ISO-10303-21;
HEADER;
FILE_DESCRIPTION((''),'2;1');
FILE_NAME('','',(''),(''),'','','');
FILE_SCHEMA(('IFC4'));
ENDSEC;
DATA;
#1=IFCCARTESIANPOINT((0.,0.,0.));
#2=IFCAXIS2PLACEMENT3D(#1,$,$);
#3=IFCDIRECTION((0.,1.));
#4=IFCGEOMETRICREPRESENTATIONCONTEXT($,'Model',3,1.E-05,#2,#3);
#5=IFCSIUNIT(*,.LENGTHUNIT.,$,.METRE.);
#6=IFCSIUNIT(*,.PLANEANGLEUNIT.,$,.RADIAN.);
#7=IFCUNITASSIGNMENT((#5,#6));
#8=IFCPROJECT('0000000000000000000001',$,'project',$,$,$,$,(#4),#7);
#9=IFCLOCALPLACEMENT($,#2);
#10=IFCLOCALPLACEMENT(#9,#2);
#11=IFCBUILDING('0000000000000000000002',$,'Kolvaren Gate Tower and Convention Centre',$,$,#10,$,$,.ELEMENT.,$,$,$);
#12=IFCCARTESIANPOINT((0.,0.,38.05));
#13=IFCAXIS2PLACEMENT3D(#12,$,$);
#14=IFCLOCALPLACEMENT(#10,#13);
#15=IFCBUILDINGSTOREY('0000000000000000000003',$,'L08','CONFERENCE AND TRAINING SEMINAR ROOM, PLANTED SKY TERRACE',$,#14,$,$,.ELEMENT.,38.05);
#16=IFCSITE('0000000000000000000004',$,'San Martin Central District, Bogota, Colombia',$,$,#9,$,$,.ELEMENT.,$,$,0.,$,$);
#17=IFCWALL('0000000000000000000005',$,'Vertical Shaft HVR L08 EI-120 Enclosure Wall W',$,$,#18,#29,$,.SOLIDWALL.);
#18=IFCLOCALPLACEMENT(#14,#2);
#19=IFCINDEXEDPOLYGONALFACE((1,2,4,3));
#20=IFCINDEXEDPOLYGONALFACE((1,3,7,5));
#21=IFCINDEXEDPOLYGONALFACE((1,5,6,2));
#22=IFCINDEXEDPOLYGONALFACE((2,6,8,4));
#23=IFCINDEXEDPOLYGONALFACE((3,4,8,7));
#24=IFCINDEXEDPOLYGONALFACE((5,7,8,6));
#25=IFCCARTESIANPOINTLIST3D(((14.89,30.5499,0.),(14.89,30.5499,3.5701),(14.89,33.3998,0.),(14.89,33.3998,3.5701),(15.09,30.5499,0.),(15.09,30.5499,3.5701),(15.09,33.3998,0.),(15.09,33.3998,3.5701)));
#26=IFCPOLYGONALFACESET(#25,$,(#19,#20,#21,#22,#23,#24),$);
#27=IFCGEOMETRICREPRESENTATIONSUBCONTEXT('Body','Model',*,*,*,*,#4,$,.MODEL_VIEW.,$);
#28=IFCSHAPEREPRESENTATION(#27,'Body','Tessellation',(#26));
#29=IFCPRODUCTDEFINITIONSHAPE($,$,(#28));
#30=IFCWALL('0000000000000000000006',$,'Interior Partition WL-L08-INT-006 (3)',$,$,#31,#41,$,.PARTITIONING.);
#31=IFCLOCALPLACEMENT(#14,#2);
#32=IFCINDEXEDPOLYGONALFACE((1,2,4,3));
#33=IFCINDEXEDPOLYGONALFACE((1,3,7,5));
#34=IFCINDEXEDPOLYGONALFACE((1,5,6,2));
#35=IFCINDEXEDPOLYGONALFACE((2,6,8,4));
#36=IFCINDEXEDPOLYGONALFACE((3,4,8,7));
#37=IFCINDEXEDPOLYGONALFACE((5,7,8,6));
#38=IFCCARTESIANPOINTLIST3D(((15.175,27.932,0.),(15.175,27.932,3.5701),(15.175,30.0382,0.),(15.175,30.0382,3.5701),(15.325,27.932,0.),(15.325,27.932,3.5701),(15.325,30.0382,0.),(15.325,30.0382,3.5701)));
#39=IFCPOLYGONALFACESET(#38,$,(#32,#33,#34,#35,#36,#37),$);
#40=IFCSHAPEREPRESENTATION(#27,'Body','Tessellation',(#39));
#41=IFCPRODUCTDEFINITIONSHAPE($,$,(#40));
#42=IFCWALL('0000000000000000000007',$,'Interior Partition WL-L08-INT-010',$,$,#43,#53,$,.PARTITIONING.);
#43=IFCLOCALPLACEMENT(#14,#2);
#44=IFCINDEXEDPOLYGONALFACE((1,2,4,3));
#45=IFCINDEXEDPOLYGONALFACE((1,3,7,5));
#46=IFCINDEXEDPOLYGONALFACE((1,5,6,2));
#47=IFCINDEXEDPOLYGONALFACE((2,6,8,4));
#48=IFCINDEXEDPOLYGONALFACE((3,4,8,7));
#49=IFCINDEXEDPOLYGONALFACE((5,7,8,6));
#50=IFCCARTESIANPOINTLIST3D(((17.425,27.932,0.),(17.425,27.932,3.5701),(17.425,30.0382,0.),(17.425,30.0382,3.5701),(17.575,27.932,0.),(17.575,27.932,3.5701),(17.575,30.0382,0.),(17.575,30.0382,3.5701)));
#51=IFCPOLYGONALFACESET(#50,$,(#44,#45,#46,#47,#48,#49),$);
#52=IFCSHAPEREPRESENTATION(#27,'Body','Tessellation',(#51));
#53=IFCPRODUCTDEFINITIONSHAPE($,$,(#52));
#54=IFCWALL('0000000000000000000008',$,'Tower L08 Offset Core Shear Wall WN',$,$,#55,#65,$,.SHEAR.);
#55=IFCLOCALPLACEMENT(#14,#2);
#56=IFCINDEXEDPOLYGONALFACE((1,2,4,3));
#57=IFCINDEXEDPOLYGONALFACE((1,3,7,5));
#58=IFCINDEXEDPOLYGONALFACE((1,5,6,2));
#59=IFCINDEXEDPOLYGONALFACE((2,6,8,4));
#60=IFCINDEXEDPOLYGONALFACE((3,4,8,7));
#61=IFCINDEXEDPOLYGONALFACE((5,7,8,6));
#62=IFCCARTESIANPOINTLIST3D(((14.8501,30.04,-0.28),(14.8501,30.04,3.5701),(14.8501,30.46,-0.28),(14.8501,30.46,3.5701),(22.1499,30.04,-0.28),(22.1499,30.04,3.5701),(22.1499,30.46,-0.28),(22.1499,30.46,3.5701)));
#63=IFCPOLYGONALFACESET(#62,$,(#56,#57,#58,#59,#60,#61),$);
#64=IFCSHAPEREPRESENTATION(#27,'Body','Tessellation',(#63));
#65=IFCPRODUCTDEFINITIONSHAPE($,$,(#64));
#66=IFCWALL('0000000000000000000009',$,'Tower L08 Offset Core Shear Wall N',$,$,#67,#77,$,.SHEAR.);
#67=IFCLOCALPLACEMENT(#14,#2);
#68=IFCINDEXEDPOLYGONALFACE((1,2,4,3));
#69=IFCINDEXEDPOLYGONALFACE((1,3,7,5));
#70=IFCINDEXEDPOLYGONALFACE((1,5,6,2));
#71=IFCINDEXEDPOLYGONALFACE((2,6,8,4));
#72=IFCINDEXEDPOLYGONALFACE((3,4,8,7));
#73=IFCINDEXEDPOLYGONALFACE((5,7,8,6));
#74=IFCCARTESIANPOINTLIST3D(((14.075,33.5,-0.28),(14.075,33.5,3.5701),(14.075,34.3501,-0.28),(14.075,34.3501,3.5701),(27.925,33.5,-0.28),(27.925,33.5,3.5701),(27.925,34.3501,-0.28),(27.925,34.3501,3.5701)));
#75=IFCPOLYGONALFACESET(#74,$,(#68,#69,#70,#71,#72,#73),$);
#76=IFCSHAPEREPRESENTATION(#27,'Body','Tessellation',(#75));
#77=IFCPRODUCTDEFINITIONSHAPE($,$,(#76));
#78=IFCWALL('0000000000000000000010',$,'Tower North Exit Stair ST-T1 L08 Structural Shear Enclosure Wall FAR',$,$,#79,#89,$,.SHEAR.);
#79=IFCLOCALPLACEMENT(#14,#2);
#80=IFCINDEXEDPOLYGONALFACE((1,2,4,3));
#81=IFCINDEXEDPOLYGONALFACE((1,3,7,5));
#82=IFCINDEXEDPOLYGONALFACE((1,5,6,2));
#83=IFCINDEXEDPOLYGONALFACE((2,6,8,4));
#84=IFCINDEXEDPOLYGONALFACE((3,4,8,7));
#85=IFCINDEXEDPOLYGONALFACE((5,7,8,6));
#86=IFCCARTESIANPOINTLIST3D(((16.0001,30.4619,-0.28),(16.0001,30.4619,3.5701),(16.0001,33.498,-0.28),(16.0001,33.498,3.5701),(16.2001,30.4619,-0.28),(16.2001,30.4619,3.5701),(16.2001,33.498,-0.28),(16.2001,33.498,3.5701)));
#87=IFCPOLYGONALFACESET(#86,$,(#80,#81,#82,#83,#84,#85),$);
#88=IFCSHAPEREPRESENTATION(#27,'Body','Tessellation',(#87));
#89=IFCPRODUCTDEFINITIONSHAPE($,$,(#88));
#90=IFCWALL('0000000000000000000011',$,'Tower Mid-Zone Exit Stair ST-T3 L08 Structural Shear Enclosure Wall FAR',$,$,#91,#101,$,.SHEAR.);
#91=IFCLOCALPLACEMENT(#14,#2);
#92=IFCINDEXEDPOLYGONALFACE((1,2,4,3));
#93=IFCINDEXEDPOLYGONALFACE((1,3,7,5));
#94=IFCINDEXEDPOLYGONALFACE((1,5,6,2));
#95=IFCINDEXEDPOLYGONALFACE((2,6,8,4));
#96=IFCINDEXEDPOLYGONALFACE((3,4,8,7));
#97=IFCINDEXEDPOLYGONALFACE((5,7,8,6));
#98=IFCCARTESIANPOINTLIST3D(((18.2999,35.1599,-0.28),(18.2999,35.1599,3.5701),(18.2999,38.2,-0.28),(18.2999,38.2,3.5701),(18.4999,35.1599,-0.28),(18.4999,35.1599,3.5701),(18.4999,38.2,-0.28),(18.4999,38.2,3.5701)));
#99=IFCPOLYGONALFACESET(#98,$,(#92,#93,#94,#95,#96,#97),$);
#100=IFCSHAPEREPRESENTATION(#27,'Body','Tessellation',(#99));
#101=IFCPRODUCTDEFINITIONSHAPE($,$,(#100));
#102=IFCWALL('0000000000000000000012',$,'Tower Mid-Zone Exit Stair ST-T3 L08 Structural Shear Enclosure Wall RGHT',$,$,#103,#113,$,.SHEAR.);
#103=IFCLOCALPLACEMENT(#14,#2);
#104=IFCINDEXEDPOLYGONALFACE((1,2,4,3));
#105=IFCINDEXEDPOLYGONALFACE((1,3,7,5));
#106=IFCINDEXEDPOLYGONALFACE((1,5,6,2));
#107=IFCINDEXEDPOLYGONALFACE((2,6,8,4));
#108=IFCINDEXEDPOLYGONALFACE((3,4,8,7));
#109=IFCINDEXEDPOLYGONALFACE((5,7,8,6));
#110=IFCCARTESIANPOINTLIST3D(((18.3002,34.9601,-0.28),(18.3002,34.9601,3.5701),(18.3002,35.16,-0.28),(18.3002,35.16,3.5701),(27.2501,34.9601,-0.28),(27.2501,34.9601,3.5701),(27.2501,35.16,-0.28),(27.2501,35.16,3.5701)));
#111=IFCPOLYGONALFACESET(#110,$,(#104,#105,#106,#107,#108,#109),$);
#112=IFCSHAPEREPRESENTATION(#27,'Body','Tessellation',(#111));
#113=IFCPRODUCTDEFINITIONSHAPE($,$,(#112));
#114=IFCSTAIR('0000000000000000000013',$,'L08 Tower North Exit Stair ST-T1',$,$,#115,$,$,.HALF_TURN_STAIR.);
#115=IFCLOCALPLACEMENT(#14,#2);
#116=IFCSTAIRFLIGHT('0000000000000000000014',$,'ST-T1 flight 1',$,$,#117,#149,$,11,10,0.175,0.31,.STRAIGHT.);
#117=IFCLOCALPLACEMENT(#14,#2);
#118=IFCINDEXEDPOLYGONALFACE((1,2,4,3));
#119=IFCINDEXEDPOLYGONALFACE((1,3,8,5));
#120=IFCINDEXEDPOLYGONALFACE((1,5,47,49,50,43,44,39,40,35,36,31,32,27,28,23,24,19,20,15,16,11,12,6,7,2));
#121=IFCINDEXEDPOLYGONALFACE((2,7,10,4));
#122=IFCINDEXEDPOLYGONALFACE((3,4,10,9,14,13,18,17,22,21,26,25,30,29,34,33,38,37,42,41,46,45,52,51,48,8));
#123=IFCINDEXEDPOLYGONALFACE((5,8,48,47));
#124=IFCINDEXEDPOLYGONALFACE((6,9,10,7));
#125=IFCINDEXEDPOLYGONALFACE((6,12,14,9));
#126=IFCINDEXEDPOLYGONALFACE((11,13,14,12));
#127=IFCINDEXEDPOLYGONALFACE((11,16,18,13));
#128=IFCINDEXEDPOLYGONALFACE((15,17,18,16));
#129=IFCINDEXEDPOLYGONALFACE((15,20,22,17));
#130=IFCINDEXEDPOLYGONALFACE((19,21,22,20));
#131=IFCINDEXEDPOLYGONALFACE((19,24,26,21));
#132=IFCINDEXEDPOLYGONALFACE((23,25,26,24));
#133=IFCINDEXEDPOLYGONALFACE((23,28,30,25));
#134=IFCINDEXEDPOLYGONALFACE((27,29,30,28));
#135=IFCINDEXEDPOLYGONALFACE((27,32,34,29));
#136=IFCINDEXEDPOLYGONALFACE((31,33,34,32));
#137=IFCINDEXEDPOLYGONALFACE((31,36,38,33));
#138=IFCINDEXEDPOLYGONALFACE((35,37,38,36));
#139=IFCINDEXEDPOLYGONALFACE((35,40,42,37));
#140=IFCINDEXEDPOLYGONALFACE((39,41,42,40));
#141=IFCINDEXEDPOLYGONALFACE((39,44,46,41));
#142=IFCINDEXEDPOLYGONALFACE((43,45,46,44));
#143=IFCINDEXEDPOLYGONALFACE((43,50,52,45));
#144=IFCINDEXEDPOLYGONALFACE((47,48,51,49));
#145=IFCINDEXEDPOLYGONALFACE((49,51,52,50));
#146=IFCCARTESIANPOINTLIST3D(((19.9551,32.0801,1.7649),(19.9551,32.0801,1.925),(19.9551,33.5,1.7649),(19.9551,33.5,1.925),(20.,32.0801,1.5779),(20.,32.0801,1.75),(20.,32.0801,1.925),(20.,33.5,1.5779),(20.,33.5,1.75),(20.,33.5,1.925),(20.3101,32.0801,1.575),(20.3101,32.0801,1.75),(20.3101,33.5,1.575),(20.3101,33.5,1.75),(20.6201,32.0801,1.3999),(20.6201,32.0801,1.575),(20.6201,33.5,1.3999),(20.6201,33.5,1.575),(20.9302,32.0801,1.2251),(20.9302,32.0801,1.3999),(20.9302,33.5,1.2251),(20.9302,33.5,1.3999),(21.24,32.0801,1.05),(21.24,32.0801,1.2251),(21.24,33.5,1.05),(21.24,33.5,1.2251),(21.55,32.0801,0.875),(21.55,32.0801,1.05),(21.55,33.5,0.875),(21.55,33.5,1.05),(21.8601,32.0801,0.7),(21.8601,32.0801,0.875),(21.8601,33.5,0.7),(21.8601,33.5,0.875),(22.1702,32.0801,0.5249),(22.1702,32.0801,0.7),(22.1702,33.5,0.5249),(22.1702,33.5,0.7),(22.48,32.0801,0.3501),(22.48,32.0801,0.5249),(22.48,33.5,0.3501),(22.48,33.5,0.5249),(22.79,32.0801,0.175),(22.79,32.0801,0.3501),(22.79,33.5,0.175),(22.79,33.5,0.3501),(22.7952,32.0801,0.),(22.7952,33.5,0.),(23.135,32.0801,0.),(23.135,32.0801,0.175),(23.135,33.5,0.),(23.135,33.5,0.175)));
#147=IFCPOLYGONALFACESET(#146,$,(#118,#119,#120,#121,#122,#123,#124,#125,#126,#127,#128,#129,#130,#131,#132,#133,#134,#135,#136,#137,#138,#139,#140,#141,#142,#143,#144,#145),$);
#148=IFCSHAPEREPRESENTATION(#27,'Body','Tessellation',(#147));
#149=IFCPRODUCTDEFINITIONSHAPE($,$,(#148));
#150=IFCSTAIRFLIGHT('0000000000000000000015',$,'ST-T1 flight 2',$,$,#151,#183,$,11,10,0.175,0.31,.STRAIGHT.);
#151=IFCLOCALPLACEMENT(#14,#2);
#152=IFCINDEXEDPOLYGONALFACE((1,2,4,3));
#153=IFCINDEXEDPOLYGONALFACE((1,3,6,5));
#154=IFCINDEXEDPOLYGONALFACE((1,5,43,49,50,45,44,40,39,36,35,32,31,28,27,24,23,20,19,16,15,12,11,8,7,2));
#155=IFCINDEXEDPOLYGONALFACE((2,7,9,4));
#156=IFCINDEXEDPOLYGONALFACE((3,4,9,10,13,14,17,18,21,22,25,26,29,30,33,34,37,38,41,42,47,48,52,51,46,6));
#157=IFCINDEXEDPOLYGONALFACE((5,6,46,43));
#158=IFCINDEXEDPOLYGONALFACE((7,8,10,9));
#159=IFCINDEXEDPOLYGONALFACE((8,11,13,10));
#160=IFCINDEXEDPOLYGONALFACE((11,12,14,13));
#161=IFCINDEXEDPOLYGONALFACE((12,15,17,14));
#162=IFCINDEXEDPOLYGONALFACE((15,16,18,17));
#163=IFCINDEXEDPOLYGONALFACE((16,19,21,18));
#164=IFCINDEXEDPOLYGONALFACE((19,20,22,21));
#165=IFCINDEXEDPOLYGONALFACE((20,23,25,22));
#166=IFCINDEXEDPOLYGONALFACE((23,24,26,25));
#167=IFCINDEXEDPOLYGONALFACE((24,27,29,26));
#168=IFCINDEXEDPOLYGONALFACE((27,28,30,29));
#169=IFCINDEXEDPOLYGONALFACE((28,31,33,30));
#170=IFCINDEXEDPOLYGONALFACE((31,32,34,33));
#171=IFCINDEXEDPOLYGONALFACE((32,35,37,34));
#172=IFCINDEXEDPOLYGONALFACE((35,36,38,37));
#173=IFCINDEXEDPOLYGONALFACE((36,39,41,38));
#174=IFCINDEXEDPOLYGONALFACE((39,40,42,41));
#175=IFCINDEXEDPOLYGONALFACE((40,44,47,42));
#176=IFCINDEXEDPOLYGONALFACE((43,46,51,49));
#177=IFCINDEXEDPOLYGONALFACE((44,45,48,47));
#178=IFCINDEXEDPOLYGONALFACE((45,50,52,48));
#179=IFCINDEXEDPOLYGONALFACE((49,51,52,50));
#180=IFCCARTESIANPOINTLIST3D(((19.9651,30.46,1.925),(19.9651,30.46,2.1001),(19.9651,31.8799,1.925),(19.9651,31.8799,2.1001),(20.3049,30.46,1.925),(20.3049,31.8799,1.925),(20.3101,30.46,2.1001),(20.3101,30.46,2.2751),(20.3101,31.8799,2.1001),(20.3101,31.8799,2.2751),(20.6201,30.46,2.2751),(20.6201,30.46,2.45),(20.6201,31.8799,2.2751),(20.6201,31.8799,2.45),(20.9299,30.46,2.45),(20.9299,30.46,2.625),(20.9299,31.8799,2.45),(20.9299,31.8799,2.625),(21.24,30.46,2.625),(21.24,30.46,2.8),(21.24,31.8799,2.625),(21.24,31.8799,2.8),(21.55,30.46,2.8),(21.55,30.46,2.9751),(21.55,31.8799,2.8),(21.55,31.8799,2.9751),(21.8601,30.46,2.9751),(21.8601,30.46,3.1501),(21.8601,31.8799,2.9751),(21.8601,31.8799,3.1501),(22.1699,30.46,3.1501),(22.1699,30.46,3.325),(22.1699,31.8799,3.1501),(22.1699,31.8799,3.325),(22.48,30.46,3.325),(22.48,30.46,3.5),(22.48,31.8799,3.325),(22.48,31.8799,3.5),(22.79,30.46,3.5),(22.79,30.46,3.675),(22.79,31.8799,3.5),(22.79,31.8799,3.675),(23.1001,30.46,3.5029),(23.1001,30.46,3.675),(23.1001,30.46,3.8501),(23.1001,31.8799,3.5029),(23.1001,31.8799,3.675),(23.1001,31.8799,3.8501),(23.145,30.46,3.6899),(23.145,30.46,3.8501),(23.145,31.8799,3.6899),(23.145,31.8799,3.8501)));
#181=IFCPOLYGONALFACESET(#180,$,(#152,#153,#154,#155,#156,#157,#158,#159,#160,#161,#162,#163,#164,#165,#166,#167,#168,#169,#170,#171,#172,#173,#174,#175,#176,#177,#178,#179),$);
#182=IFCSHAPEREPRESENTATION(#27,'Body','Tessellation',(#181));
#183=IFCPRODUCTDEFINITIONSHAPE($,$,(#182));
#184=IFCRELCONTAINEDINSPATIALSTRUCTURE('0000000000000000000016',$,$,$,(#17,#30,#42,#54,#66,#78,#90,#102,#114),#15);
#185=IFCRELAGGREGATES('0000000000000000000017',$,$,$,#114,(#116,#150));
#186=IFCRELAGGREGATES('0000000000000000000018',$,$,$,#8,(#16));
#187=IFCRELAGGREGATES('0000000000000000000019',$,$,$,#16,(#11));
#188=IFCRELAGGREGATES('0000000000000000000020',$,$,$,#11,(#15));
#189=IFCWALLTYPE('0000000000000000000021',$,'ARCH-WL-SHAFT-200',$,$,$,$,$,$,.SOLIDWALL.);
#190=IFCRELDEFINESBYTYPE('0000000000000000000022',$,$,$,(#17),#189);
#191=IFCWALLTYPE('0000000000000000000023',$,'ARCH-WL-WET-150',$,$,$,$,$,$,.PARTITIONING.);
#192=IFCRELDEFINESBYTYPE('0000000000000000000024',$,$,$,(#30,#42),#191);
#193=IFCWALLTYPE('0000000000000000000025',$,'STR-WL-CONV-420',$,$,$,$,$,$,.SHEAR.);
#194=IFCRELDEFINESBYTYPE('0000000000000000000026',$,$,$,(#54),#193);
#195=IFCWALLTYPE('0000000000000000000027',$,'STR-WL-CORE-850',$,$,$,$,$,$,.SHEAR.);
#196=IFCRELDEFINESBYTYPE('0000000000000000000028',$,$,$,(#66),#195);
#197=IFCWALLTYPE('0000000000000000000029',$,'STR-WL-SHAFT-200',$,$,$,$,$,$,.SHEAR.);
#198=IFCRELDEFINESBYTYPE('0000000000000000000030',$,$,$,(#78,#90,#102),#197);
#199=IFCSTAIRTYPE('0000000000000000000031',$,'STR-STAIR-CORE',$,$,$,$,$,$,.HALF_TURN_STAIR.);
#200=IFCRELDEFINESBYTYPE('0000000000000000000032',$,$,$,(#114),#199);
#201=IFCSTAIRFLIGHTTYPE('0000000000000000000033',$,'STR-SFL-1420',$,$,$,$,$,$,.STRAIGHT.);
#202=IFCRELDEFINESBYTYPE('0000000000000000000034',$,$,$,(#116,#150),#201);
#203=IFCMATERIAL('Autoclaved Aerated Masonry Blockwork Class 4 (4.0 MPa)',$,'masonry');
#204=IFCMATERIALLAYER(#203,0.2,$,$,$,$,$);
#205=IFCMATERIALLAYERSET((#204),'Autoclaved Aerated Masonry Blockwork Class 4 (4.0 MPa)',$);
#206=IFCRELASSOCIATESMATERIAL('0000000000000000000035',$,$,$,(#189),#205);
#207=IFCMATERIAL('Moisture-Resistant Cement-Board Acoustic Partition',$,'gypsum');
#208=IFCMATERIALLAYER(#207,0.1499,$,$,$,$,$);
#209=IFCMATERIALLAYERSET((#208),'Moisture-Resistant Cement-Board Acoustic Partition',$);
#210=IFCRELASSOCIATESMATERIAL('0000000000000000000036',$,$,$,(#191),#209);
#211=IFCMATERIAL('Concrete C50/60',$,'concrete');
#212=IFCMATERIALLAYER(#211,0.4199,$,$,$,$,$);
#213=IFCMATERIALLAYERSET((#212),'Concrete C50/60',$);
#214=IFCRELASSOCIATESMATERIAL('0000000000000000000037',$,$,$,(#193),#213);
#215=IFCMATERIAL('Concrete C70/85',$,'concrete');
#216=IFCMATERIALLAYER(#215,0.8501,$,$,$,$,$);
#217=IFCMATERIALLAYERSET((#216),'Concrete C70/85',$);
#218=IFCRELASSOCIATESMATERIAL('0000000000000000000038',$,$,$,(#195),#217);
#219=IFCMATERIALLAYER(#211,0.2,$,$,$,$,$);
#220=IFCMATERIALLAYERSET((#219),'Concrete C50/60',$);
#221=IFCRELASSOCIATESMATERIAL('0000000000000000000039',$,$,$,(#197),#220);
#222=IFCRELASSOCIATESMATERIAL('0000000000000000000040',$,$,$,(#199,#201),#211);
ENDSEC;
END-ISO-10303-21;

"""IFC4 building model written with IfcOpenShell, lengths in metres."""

from ifc_helpers import new_model, si_unit, direction, frame, frame_2d, origin, place, context, subcontext, project, spatial, polyline, rectangle, outline, extrude, material, layer, layer_set, type_object, element, aggregate, save


model = new_model("IFC4")

# Units and contexts
model_context = context("Model", 3, precision=1e-05, world=origin(), true_north=direction((0.0, 1.0)))
body_context = subcontext(model_context, "Body", "Model", "MODEL_VIEW")
ifc_project = project(units=[si_unit("LENGTHUNIT", "METRE"), si_unit("PLANEANGLEUNIT", "RADIAN")], contexts=[model_context])

# Site, building, storey
site_placement = place(None, origin())
site = spatial("IfcSite", under=ifc_project, at=site_placement, Name="San Martin Central District, Bogota, Colombia", CompositionType="ELEMENT", RefElevation=0.0)
building_placement = place(site_placement, origin())
building = spatial("IfcBuilding", under=site, at=building_placement, Name="Kolvaren Gate Tower and Convention Centre", CompositionType="ELEMENT")
storey_placement = place(building_placement, frame((0.0, 0.0, 38.05)))
storey = spatial("IfcBuildingStorey", under=building, at=storey_placement, Name="L08", Description="CONFERENCE AND TRAINING SEMINAR ROOM, PLANTED SKY TERRACE", CompositionType="ELEMENT", Elevation=38.05)

# Shared definitions
ifc_material_1 = material(Name="Autoclaved Aerated Masonry Blockwork Class 4 (4.0 MPa)", Category="masonry")

# Walls
ifc_layer_1 = layer(ifc_material_1, 0.2)
ifc_layer_set_1 = layer_set([ifc_layer_1], Name="Autoclaved Aerated Masonry Blockwork Class 4 (4.0 MPa)")
wall_type_1 = type_object("IfcWallType", Name="ARCH-WL-SHAFT-200", PredefinedType="SOLIDWALL", material=ifc_layer_set_1)
wall_1_placement = place(storey_placement, frame((14.99, 30.55, 0.0), z_axis=(0.0, 0.0, 1.0), x_axis=(0.0, 1.0, 0.0)))
element("IfcWall", 1, at=wall_1_placement, inside=storey, type_object=wall_type_1, Name="Vertical Shaft HVR L08 EI-120 Enclosure Wall W", PredefinedType="SOLIDWALL", context=body_context, shape_type="SweptSolid", body=[
    extrude(rectangle(XDim=2.8499, YDim=0.2, at=frame_2d((1.4248, 0.0))), origin(), (0.0, 0.0, 1.0), 3.5701),
])
ifc_material_2 = material(Name="Moisture-Resistant Cement-Board Acoustic Partition", Category="gypsum")
ifc_layer_2 = layer(ifc_material_2, 0.1499)
ifc_layer_set_2 = layer_set([ifc_layer_2], Name="Moisture-Resistant Cement-Board Acoustic Partition")
wall_type_2 = type_object("IfcWallType", Name="ARCH-WL-WET-150", PredefinedType="PARTITIONING", material=ifc_layer_set_2)
for number, where, z_axis, x_axis, name in (
    (2, (15.25, 27.9319, 0.0), (0.0, 0.0, 1.0), (0.0, 1.0, 0.0), "Interior Partition WL-L08-INT-006 (3)"),
    (3, (17.5, 27.9319, 0.0), (0.0, 0.0, 1.0), (0.0, 1.0, 0.0), "Interior Partition WL-L08-INT-010"),
):
    element("IfcWall", number, at=place(storey_placement, frame(where, z_axis=z_axis, x_axis=x_axis)), inside=storey, type_object=wall_type_2, Name=name, PredefinedType="PARTITIONING", context=body_context, shape_type="SweptSolid", body=[
        extrude(rectangle(XDim=2.1062, YDim=0.1499, at=frame_2d((1.0532, 0.0))), origin(), (0.0, 0.0, 1.0), 3.5701),
    ])
ifc_material_3 = material(Name="Concrete C50/60", Category="concrete")
ifc_layer_3 = layer(ifc_material_3, 0.4199)
ifc_layer_set_3 = layer_set([ifc_layer_3], Name="Concrete C50/60")
wall_type_3 = type_object("IfcWallType", Name="STR-WL-CONV-420", PredefinedType="SHEAR", material=ifc_layer_set_3)
wall_2_placement = place(storey_placement, frame((14.8501, 30.25, -0.28), z_axis=(0.0, 0.0, 1.0), x_axis=(1.0, 0.0, 0.0)))
element("IfcWall", 4, at=wall_2_placement, inside=storey, type_object=wall_type_3, Name="Tower L08 Offset Core Shear Wall WN", PredefinedType="SHEAR", context=body_context, shape_type="SweptSolid", body=[
    extrude(rectangle(XDim=7.2998, YDim=0.4199, at=frame_2d((3.6499, 0.0))), origin(), (0.0, 0.0, 1.0), 3.8501),
])
ifc_material_4 = material(Name="Concrete C70/85", Category="concrete")
ifc_layer_4 = layer(ifc_material_4, 0.8501)
ifc_layer_set_4 = layer_set([ifc_layer_4], Name="Concrete C70/85")
wall_type_4 = type_object("IfcWallType", Name="STR-WL-CORE-850", PredefinedType="SHEAR", material=ifc_layer_set_4)
wall_3_placement = place(storey_placement, frame((14.075, 33.925, -0.28), z_axis=(0.0, 0.0, 1.0), x_axis=(1.0, 0.0, 0.0)))
element("IfcWall", 5, at=wall_3_placement, inside=storey, type_object=wall_type_4, Name="Tower L08 Offset Core Shear Wall N", PredefinedType="SHEAR", context=body_context, shape_type="SweptSolid", body=[
    extrude(rectangle(XDim=13.8501, YDim=0.8501, at=frame_2d((6.925, 0.0))), origin(), (0.0, 0.0, 1.0), 3.8501),
])
ifc_layer_5 = layer(ifc_material_3, 0.2)
ifc_layer_set_5 = layer_set([ifc_layer_5], Name="Concrete C50/60")
wall_type_5 = type_object("IfcWallType", Name="STR-WL-SHAFT-200", PredefinedType="SHEAR", material=ifc_layer_set_5)
wall_4_placement = place(storey_placement, frame((16.1001, 30.4619, -0.28), z_axis=(0.0, 0.0, 1.0), x_axis=(0.0, 1.0, 0.0)))
element("IfcWall", 6, at=wall_4_placement, inside=storey, type_object=wall_type_5, Name="Tower North Exit Stair ST-T1 L08 Structural Shear Enclosure Wall FAR", PredefinedType="SHEAR", context=body_context, shape_type="SweptSolid", body=[
    extrude(rectangle(XDim=3.0361, YDim=0.2, at=frame_2d((1.5181, 0.0))), origin(), (0.0, 0.0, 1.0), 3.8501),
])
wall_5_placement = place(storey_placement, frame((18.3999, 35.1599, -0.28), z_axis=(0.0, 0.0, 1.0), x_axis=(0.0, 1.0, 0.0)))
element("IfcWall", 7, at=wall_5_placement, inside=storey, type_object=wall_type_5, Name="Tower Mid-Zone Exit Stair ST-T3 L08 Structural Shear Enclosure Wall FAR", PredefinedType="SHEAR", context=body_context, shape_type="SweptSolid", body=[
    extrude(rectangle(XDim=3.04, YDim=0.2, at=frame_2d((1.52, 0.0))), origin(), (0.0, 0.0, 1.0), 3.8501),
])
wall_6_placement = place(storey_placement, frame((18.3, 35.0601, -0.28), z_axis=(0.0, 0.0, 1.0), x_axis=(1.0, 0.0, 0.0)))
element("IfcWall", 8, at=wall_6_placement, inside=storey, type_object=wall_type_5, Name="Tower Mid-Zone Exit Stair ST-T3 L08 Structural Shear Enclosure Wall RGHT", PredefinedType="SHEAR", context=body_context, shape_type="SweptSolid", body=[
    extrude(rectangle(XDim=8.95, YDim=0.2, at=frame_2d((4.4751, 0.0))), origin(), (0.0, 0.0, 1.0), 3.8501),
])

# Stair, stair flights
stair_type = type_object("IfcStairType", Name="STR-STAIR-CORE", PredefinedType="HALF_TURN_STAIR", material=ifc_material_3)
stair_placement = place(storey_placement, origin())
stair = element("IfcStair", 9, at=stair_placement, inside=storey, type_object=stair_type, Name="L08 Tower North Exit Stair ST-T1", PredefinedType="HALF_TURN_STAIR")
stair_flight_type = type_object("IfcStairFlightType", Name="STR-SFL-1420", PredefinedType="STRAIGHT", material=ifc_material_3)
stair_flight_1_placement = place(storey_placement, frame((23.1001, 32.79, 0.0), z_axis=(0.0, 0.0, 1.0), x_axis=(-1.0, 0.0, 0.0)))
stair_flight_1 = element("IfcStairFlight", 10, at=stair_flight_1_placement, type_object=stair_flight_type, Name="ST-T1 flight 1", NumberOfRisers=11, NumberOfTreads=10, PredefinedType="STRAIGHT", RiserHeight=0.175, TreadLength=0.31, context=body_context, shape_type="SweptSolid", body=[
    extrude(outline(polyline([(-0.0349, 0.0), (-0.0349, 0.175), (0.3101, 0.175), (0.3101, 0.3501), (0.6201, 0.3501), (0.6201, 0.5249), (0.9299, 0.5249), (0.9299, 0.7), (1.24, 0.7), (1.24, 0.875), (1.55, 0.875), (1.55, 1.05), (1.8601, 1.05), (1.8601, 1.2251), (2.1699, 1.2251), (2.1699, 1.3999), (2.48, 1.3999), (2.48, 1.575), (2.79, 1.575), (2.79, 1.75), (3.1001, 1.75), (3.1001, 1.925), (3.145, 1.925), (3.145, 1.7649), (3.1001, 1.5779), (0.3049, 0.0), (-0.0349, 0.0)])), frame((0.0, 0.71, 0.0), z_axis=(0.0, -1.0, 0.0), x_axis=(1.0, 0.0, 0.0)), (0.0, 0.0, 1.0), 1.4199),
])
stair_flight_2_placement = place(storey_placement, frame((20.0, 31.1699, 1.925), z_axis=(0.0, 0.0, 1.0), x_axis=(1.0, 0.0, 0.0)))
stair_flight_2 = element("IfcStairFlight", 11, at=stair_flight_2_placement, type_object=stair_flight_type, Name="ST-T1 flight 2", NumberOfRisers=11, NumberOfTreads=10, PredefinedType="STRAIGHT", RiserHeight=0.175, TreadLength=0.31, context=body_context, shape_type="SweptSolid", body=[
    extrude(outline(polyline([(-0.0349, 0.0), (-0.0349, 0.175), (0.3101, 0.175), (0.3101, 0.3501), (0.6201, 0.3501), (0.6201, 0.5249), (0.9299, 0.5249), (0.9299, 0.7), (1.24, 0.7), (1.24, 0.875), (1.55, 0.875), (1.55, 1.05), (1.8601, 1.05), (1.8601, 1.2251), (2.1699, 1.2251), (2.1699, 1.3999), (2.48, 1.3999), (2.48, 1.575), (2.79, 1.575), (2.79, 1.75), (3.1001, 1.75), (3.1001, 1.925), (3.145, 1.925), (3.145, 1.7649), (3.1001, 1.5779), (0.3049, 0.0), (-0.0349, 0.0)])), frame((0.0, 0.71, 0.0), z_axis=(0.0, -1.0, 0.0), x_axis=(1.0, 0.0, 0.0)), (0.0, 0.0, 1.0), 1.4199),
])
aggregate(stair, [stair_flight_1, stair_flight_2])

save(model, "model.ifc")
